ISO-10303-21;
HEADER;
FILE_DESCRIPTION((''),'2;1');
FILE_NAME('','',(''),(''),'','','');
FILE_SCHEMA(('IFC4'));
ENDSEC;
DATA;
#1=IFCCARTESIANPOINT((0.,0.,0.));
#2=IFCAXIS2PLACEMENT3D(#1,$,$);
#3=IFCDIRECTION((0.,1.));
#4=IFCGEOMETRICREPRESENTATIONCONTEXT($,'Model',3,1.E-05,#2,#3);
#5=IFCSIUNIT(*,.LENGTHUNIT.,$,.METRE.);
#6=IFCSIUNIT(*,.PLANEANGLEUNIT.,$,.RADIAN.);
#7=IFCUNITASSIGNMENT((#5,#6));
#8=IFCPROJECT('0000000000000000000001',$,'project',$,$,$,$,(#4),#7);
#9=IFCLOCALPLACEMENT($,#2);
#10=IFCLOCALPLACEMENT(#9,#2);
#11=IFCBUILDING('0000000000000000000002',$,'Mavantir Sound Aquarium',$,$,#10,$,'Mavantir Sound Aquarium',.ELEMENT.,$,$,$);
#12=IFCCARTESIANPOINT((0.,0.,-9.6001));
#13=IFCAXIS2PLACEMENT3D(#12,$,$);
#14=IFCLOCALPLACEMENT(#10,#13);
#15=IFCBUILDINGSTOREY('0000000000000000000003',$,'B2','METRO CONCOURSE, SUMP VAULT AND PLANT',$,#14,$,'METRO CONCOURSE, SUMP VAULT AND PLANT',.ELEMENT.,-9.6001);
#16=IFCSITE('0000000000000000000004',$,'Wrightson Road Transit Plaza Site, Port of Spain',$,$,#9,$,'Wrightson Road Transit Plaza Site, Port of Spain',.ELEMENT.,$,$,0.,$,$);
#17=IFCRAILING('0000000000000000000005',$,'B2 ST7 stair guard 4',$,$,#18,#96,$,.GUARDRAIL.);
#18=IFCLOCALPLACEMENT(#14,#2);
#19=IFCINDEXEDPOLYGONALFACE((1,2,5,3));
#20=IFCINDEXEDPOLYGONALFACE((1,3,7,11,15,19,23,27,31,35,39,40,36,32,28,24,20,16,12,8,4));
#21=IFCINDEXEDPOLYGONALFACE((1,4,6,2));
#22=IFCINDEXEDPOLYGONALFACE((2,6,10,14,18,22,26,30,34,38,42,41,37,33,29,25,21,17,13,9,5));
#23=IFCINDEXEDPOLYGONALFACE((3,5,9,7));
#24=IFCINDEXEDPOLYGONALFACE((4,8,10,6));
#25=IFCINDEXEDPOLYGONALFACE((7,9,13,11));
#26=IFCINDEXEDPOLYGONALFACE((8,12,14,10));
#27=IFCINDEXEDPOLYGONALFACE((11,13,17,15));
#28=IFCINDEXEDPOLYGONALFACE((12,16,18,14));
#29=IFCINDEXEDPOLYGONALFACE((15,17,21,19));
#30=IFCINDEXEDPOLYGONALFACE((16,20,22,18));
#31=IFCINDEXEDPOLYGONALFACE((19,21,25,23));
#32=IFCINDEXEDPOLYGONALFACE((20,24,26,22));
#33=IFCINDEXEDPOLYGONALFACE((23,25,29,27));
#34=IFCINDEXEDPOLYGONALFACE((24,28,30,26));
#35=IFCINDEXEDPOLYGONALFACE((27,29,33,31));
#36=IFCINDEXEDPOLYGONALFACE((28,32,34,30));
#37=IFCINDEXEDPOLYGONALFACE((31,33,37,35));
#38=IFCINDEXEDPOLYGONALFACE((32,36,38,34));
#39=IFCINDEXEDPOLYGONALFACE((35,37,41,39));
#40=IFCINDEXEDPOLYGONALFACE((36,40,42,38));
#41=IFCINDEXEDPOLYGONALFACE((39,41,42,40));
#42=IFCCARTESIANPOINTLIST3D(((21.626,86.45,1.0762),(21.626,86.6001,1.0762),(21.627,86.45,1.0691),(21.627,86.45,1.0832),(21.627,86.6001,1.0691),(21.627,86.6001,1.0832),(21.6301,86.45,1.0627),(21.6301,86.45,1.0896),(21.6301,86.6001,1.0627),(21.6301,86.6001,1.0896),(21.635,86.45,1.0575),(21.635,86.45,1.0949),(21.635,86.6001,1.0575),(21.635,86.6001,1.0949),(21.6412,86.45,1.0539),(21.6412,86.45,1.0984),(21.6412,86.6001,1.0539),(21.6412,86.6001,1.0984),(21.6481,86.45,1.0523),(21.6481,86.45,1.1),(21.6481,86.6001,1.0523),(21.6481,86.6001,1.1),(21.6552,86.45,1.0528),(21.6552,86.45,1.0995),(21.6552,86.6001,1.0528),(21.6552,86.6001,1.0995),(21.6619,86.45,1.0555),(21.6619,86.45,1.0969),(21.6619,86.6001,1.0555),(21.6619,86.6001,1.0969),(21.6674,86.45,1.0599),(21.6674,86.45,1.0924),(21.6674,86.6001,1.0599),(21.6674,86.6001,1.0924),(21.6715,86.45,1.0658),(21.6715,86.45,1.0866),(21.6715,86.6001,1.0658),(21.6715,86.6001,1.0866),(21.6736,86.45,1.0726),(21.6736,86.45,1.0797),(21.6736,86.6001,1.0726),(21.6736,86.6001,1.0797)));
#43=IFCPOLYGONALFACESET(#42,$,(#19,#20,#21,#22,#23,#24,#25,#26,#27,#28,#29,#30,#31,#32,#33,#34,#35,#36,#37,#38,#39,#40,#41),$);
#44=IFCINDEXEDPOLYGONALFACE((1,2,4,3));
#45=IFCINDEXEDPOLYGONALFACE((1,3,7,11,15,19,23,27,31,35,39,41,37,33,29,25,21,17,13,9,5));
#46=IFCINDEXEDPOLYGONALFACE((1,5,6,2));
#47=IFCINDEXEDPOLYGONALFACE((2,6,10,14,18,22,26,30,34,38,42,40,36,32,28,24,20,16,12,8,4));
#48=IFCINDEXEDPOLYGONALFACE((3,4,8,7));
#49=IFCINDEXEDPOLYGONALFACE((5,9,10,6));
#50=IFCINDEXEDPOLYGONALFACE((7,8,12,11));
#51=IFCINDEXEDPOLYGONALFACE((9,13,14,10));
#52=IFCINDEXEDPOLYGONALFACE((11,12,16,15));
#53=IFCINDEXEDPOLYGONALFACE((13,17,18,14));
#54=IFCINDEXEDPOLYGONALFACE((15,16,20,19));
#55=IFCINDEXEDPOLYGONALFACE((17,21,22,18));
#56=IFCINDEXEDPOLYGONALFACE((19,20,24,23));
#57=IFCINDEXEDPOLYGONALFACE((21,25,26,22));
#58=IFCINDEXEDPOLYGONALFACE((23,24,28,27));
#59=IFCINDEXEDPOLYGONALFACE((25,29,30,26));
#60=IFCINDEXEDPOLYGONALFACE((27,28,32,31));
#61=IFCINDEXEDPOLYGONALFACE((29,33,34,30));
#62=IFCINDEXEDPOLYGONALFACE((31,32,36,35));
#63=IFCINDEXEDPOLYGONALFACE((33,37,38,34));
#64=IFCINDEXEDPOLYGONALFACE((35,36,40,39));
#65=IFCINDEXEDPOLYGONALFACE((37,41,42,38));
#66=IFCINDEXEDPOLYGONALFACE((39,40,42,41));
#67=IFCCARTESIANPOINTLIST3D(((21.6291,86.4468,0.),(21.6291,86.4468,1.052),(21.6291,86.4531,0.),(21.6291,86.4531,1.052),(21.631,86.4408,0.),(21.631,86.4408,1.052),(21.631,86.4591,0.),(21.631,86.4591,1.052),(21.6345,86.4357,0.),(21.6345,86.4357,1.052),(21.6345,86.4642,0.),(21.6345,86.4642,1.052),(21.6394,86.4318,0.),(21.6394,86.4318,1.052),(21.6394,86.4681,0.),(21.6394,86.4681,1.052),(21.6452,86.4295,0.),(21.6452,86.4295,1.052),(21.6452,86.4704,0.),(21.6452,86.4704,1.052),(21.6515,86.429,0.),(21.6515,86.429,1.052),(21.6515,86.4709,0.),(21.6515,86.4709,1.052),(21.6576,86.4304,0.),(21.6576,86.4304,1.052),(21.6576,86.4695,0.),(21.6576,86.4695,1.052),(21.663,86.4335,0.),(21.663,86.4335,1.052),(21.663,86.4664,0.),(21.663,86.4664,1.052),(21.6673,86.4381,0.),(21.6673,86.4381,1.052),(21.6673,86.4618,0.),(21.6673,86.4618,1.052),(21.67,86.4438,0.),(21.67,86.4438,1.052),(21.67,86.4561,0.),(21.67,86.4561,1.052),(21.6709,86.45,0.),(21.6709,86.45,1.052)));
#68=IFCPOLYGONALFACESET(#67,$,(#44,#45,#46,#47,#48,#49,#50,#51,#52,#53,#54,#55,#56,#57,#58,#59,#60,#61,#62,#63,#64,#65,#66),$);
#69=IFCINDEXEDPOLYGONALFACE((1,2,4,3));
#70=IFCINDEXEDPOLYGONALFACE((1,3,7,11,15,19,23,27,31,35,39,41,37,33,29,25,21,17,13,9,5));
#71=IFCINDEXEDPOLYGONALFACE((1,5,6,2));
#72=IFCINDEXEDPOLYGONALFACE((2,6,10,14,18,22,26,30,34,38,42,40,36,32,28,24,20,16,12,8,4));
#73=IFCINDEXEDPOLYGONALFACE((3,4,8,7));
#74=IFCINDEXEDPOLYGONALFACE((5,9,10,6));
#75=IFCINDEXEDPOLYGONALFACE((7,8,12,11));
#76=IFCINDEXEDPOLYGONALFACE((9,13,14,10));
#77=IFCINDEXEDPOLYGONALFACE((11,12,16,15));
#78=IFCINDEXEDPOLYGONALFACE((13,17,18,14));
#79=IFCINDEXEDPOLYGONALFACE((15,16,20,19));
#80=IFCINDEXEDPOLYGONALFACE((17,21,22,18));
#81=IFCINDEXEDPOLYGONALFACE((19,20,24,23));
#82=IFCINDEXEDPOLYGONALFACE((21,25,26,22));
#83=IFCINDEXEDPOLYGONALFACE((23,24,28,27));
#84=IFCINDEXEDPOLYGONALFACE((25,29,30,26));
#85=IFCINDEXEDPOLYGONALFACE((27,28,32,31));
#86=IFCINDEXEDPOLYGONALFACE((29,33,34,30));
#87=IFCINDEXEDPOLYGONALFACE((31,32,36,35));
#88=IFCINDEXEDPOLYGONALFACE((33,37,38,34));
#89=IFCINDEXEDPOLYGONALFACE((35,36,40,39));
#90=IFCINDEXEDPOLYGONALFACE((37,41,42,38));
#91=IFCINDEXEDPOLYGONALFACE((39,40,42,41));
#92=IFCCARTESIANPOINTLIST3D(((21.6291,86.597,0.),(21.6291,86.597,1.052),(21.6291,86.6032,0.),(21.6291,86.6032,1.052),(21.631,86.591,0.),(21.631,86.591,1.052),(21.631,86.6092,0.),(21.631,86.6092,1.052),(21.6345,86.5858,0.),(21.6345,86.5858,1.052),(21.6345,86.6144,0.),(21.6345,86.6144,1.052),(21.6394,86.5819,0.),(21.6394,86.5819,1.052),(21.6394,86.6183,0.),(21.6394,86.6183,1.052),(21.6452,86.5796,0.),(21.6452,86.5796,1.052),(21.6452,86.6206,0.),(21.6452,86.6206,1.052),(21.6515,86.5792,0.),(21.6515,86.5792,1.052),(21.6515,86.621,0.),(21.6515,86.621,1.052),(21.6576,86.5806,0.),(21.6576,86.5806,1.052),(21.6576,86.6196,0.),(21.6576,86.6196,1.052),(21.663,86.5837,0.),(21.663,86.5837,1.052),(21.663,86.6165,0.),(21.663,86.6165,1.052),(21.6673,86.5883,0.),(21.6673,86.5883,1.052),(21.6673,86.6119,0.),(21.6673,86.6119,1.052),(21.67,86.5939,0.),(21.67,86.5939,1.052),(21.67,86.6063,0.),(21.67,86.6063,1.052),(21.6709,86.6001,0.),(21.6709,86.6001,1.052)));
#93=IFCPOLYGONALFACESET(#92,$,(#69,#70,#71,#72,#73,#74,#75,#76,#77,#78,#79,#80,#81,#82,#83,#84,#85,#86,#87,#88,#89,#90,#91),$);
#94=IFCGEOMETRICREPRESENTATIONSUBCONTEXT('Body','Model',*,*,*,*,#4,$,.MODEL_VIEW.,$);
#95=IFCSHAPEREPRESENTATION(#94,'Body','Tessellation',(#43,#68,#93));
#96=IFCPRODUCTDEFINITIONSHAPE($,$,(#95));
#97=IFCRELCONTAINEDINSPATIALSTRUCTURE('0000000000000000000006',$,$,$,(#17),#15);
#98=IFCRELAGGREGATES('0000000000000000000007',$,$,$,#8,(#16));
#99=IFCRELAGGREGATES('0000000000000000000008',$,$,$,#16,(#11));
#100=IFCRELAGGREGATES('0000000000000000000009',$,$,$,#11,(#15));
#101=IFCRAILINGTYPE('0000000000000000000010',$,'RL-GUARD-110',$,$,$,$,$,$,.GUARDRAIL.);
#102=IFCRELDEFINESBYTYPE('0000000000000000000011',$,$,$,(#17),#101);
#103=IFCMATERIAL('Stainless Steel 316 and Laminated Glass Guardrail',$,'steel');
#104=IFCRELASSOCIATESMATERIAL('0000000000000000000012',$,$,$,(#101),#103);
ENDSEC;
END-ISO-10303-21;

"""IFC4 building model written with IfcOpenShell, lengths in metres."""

from ifc_helpers import new_model, si_unit, direction, frame, origin, origin_2d, place, context, subcontext, project, spatial, circle, extrude, material, type_object, element, save


model = new_model("IFC4")

# Units and contexts
model_context = context("Model", 3, precision=1e-05, world=origin(), true_north=direction((0.0, 1.0)))
body_context = subcontext(model_context, "Body", "Model", "MODEL_VIEW")
ifc_project = project(units=[si_unit("LENGTHUNIT", "METRE"), si_unit("PLANEANGLEUNIT", "RADIAN")], contexts=[model_context])

# Site, building, storey
site_placement = place(None, origin())
site = spatial("IfcSite", under=ifc_project, at=site_placement, Name="Wrightson Road Transit Plaza Site, Port of Spain", LongName="Wrightson Road Transit Plaza Site, Port of Spain", CompositionType="ELEMENT", RefElevation=0.0)
building_placement = place(site_placement, origin())
building = spatial("IfcBuilding", under=site, at=building_placement, Name="Mavantir Sound Aquarium", LongName="Mavantir Sound Aquarium", CompositionType="ELEMENT")
storey_placement = place(building_placement, frame((0.0, 0.0, -9.6001)))
storey = spatial("IfcBuildingStorey", under=building, at=storey_placement, Name="B2", Description="METRO CONCOURSE, SUMP VAULT AND PLANT", LongName="METRO CONCOURSE, SUMP VAULT AND PLANT", CompositionType="ELEMENT", Elevation=-9.6001)

# Railing
ifc_material_1 = material(Name="Stainless Steel 316 and Laminated Glass Guardrail", Category="steel")
railing_type_1 = type_object("IfcRailingType", Name="RL-GUARD-110", PredefinedType="GUARDRAIL", material=ifc_material_1)
railing_1_placement = place(storey_placement, frame((21.6499, 86.45, 0.0)))
element("IfcRailing", 1, at=railing_1_placement, inside=storey, type_object=railing_type_1, Name="B2 ST7 stair guard 4", PredefinedType="GUARDRAIL", context=body_context, shape_type="SweptSolid", body=[
    extrude(circle(Radius=0.0239, at=origin_2d()), frame((0.0, 0.0, 1.0762), z_axis=(0.0, 1.0, 0.0), x_axis=(-1.0, 0.0, 0.0)), (0.0, 0.0, 1.0), 0.1501),
    extrude(circle(Radius=0.021, at=origin_2d()), origin(), (0.0, 0.0, 1.0), 1.052),
    extrude(circle(Radius=0.021, at=origin_2d()), frame((0.0, 0.1501, 0.0)), (0.0, 0.0, 1.0), 1.052),
])

save(model, "model.ifc")
